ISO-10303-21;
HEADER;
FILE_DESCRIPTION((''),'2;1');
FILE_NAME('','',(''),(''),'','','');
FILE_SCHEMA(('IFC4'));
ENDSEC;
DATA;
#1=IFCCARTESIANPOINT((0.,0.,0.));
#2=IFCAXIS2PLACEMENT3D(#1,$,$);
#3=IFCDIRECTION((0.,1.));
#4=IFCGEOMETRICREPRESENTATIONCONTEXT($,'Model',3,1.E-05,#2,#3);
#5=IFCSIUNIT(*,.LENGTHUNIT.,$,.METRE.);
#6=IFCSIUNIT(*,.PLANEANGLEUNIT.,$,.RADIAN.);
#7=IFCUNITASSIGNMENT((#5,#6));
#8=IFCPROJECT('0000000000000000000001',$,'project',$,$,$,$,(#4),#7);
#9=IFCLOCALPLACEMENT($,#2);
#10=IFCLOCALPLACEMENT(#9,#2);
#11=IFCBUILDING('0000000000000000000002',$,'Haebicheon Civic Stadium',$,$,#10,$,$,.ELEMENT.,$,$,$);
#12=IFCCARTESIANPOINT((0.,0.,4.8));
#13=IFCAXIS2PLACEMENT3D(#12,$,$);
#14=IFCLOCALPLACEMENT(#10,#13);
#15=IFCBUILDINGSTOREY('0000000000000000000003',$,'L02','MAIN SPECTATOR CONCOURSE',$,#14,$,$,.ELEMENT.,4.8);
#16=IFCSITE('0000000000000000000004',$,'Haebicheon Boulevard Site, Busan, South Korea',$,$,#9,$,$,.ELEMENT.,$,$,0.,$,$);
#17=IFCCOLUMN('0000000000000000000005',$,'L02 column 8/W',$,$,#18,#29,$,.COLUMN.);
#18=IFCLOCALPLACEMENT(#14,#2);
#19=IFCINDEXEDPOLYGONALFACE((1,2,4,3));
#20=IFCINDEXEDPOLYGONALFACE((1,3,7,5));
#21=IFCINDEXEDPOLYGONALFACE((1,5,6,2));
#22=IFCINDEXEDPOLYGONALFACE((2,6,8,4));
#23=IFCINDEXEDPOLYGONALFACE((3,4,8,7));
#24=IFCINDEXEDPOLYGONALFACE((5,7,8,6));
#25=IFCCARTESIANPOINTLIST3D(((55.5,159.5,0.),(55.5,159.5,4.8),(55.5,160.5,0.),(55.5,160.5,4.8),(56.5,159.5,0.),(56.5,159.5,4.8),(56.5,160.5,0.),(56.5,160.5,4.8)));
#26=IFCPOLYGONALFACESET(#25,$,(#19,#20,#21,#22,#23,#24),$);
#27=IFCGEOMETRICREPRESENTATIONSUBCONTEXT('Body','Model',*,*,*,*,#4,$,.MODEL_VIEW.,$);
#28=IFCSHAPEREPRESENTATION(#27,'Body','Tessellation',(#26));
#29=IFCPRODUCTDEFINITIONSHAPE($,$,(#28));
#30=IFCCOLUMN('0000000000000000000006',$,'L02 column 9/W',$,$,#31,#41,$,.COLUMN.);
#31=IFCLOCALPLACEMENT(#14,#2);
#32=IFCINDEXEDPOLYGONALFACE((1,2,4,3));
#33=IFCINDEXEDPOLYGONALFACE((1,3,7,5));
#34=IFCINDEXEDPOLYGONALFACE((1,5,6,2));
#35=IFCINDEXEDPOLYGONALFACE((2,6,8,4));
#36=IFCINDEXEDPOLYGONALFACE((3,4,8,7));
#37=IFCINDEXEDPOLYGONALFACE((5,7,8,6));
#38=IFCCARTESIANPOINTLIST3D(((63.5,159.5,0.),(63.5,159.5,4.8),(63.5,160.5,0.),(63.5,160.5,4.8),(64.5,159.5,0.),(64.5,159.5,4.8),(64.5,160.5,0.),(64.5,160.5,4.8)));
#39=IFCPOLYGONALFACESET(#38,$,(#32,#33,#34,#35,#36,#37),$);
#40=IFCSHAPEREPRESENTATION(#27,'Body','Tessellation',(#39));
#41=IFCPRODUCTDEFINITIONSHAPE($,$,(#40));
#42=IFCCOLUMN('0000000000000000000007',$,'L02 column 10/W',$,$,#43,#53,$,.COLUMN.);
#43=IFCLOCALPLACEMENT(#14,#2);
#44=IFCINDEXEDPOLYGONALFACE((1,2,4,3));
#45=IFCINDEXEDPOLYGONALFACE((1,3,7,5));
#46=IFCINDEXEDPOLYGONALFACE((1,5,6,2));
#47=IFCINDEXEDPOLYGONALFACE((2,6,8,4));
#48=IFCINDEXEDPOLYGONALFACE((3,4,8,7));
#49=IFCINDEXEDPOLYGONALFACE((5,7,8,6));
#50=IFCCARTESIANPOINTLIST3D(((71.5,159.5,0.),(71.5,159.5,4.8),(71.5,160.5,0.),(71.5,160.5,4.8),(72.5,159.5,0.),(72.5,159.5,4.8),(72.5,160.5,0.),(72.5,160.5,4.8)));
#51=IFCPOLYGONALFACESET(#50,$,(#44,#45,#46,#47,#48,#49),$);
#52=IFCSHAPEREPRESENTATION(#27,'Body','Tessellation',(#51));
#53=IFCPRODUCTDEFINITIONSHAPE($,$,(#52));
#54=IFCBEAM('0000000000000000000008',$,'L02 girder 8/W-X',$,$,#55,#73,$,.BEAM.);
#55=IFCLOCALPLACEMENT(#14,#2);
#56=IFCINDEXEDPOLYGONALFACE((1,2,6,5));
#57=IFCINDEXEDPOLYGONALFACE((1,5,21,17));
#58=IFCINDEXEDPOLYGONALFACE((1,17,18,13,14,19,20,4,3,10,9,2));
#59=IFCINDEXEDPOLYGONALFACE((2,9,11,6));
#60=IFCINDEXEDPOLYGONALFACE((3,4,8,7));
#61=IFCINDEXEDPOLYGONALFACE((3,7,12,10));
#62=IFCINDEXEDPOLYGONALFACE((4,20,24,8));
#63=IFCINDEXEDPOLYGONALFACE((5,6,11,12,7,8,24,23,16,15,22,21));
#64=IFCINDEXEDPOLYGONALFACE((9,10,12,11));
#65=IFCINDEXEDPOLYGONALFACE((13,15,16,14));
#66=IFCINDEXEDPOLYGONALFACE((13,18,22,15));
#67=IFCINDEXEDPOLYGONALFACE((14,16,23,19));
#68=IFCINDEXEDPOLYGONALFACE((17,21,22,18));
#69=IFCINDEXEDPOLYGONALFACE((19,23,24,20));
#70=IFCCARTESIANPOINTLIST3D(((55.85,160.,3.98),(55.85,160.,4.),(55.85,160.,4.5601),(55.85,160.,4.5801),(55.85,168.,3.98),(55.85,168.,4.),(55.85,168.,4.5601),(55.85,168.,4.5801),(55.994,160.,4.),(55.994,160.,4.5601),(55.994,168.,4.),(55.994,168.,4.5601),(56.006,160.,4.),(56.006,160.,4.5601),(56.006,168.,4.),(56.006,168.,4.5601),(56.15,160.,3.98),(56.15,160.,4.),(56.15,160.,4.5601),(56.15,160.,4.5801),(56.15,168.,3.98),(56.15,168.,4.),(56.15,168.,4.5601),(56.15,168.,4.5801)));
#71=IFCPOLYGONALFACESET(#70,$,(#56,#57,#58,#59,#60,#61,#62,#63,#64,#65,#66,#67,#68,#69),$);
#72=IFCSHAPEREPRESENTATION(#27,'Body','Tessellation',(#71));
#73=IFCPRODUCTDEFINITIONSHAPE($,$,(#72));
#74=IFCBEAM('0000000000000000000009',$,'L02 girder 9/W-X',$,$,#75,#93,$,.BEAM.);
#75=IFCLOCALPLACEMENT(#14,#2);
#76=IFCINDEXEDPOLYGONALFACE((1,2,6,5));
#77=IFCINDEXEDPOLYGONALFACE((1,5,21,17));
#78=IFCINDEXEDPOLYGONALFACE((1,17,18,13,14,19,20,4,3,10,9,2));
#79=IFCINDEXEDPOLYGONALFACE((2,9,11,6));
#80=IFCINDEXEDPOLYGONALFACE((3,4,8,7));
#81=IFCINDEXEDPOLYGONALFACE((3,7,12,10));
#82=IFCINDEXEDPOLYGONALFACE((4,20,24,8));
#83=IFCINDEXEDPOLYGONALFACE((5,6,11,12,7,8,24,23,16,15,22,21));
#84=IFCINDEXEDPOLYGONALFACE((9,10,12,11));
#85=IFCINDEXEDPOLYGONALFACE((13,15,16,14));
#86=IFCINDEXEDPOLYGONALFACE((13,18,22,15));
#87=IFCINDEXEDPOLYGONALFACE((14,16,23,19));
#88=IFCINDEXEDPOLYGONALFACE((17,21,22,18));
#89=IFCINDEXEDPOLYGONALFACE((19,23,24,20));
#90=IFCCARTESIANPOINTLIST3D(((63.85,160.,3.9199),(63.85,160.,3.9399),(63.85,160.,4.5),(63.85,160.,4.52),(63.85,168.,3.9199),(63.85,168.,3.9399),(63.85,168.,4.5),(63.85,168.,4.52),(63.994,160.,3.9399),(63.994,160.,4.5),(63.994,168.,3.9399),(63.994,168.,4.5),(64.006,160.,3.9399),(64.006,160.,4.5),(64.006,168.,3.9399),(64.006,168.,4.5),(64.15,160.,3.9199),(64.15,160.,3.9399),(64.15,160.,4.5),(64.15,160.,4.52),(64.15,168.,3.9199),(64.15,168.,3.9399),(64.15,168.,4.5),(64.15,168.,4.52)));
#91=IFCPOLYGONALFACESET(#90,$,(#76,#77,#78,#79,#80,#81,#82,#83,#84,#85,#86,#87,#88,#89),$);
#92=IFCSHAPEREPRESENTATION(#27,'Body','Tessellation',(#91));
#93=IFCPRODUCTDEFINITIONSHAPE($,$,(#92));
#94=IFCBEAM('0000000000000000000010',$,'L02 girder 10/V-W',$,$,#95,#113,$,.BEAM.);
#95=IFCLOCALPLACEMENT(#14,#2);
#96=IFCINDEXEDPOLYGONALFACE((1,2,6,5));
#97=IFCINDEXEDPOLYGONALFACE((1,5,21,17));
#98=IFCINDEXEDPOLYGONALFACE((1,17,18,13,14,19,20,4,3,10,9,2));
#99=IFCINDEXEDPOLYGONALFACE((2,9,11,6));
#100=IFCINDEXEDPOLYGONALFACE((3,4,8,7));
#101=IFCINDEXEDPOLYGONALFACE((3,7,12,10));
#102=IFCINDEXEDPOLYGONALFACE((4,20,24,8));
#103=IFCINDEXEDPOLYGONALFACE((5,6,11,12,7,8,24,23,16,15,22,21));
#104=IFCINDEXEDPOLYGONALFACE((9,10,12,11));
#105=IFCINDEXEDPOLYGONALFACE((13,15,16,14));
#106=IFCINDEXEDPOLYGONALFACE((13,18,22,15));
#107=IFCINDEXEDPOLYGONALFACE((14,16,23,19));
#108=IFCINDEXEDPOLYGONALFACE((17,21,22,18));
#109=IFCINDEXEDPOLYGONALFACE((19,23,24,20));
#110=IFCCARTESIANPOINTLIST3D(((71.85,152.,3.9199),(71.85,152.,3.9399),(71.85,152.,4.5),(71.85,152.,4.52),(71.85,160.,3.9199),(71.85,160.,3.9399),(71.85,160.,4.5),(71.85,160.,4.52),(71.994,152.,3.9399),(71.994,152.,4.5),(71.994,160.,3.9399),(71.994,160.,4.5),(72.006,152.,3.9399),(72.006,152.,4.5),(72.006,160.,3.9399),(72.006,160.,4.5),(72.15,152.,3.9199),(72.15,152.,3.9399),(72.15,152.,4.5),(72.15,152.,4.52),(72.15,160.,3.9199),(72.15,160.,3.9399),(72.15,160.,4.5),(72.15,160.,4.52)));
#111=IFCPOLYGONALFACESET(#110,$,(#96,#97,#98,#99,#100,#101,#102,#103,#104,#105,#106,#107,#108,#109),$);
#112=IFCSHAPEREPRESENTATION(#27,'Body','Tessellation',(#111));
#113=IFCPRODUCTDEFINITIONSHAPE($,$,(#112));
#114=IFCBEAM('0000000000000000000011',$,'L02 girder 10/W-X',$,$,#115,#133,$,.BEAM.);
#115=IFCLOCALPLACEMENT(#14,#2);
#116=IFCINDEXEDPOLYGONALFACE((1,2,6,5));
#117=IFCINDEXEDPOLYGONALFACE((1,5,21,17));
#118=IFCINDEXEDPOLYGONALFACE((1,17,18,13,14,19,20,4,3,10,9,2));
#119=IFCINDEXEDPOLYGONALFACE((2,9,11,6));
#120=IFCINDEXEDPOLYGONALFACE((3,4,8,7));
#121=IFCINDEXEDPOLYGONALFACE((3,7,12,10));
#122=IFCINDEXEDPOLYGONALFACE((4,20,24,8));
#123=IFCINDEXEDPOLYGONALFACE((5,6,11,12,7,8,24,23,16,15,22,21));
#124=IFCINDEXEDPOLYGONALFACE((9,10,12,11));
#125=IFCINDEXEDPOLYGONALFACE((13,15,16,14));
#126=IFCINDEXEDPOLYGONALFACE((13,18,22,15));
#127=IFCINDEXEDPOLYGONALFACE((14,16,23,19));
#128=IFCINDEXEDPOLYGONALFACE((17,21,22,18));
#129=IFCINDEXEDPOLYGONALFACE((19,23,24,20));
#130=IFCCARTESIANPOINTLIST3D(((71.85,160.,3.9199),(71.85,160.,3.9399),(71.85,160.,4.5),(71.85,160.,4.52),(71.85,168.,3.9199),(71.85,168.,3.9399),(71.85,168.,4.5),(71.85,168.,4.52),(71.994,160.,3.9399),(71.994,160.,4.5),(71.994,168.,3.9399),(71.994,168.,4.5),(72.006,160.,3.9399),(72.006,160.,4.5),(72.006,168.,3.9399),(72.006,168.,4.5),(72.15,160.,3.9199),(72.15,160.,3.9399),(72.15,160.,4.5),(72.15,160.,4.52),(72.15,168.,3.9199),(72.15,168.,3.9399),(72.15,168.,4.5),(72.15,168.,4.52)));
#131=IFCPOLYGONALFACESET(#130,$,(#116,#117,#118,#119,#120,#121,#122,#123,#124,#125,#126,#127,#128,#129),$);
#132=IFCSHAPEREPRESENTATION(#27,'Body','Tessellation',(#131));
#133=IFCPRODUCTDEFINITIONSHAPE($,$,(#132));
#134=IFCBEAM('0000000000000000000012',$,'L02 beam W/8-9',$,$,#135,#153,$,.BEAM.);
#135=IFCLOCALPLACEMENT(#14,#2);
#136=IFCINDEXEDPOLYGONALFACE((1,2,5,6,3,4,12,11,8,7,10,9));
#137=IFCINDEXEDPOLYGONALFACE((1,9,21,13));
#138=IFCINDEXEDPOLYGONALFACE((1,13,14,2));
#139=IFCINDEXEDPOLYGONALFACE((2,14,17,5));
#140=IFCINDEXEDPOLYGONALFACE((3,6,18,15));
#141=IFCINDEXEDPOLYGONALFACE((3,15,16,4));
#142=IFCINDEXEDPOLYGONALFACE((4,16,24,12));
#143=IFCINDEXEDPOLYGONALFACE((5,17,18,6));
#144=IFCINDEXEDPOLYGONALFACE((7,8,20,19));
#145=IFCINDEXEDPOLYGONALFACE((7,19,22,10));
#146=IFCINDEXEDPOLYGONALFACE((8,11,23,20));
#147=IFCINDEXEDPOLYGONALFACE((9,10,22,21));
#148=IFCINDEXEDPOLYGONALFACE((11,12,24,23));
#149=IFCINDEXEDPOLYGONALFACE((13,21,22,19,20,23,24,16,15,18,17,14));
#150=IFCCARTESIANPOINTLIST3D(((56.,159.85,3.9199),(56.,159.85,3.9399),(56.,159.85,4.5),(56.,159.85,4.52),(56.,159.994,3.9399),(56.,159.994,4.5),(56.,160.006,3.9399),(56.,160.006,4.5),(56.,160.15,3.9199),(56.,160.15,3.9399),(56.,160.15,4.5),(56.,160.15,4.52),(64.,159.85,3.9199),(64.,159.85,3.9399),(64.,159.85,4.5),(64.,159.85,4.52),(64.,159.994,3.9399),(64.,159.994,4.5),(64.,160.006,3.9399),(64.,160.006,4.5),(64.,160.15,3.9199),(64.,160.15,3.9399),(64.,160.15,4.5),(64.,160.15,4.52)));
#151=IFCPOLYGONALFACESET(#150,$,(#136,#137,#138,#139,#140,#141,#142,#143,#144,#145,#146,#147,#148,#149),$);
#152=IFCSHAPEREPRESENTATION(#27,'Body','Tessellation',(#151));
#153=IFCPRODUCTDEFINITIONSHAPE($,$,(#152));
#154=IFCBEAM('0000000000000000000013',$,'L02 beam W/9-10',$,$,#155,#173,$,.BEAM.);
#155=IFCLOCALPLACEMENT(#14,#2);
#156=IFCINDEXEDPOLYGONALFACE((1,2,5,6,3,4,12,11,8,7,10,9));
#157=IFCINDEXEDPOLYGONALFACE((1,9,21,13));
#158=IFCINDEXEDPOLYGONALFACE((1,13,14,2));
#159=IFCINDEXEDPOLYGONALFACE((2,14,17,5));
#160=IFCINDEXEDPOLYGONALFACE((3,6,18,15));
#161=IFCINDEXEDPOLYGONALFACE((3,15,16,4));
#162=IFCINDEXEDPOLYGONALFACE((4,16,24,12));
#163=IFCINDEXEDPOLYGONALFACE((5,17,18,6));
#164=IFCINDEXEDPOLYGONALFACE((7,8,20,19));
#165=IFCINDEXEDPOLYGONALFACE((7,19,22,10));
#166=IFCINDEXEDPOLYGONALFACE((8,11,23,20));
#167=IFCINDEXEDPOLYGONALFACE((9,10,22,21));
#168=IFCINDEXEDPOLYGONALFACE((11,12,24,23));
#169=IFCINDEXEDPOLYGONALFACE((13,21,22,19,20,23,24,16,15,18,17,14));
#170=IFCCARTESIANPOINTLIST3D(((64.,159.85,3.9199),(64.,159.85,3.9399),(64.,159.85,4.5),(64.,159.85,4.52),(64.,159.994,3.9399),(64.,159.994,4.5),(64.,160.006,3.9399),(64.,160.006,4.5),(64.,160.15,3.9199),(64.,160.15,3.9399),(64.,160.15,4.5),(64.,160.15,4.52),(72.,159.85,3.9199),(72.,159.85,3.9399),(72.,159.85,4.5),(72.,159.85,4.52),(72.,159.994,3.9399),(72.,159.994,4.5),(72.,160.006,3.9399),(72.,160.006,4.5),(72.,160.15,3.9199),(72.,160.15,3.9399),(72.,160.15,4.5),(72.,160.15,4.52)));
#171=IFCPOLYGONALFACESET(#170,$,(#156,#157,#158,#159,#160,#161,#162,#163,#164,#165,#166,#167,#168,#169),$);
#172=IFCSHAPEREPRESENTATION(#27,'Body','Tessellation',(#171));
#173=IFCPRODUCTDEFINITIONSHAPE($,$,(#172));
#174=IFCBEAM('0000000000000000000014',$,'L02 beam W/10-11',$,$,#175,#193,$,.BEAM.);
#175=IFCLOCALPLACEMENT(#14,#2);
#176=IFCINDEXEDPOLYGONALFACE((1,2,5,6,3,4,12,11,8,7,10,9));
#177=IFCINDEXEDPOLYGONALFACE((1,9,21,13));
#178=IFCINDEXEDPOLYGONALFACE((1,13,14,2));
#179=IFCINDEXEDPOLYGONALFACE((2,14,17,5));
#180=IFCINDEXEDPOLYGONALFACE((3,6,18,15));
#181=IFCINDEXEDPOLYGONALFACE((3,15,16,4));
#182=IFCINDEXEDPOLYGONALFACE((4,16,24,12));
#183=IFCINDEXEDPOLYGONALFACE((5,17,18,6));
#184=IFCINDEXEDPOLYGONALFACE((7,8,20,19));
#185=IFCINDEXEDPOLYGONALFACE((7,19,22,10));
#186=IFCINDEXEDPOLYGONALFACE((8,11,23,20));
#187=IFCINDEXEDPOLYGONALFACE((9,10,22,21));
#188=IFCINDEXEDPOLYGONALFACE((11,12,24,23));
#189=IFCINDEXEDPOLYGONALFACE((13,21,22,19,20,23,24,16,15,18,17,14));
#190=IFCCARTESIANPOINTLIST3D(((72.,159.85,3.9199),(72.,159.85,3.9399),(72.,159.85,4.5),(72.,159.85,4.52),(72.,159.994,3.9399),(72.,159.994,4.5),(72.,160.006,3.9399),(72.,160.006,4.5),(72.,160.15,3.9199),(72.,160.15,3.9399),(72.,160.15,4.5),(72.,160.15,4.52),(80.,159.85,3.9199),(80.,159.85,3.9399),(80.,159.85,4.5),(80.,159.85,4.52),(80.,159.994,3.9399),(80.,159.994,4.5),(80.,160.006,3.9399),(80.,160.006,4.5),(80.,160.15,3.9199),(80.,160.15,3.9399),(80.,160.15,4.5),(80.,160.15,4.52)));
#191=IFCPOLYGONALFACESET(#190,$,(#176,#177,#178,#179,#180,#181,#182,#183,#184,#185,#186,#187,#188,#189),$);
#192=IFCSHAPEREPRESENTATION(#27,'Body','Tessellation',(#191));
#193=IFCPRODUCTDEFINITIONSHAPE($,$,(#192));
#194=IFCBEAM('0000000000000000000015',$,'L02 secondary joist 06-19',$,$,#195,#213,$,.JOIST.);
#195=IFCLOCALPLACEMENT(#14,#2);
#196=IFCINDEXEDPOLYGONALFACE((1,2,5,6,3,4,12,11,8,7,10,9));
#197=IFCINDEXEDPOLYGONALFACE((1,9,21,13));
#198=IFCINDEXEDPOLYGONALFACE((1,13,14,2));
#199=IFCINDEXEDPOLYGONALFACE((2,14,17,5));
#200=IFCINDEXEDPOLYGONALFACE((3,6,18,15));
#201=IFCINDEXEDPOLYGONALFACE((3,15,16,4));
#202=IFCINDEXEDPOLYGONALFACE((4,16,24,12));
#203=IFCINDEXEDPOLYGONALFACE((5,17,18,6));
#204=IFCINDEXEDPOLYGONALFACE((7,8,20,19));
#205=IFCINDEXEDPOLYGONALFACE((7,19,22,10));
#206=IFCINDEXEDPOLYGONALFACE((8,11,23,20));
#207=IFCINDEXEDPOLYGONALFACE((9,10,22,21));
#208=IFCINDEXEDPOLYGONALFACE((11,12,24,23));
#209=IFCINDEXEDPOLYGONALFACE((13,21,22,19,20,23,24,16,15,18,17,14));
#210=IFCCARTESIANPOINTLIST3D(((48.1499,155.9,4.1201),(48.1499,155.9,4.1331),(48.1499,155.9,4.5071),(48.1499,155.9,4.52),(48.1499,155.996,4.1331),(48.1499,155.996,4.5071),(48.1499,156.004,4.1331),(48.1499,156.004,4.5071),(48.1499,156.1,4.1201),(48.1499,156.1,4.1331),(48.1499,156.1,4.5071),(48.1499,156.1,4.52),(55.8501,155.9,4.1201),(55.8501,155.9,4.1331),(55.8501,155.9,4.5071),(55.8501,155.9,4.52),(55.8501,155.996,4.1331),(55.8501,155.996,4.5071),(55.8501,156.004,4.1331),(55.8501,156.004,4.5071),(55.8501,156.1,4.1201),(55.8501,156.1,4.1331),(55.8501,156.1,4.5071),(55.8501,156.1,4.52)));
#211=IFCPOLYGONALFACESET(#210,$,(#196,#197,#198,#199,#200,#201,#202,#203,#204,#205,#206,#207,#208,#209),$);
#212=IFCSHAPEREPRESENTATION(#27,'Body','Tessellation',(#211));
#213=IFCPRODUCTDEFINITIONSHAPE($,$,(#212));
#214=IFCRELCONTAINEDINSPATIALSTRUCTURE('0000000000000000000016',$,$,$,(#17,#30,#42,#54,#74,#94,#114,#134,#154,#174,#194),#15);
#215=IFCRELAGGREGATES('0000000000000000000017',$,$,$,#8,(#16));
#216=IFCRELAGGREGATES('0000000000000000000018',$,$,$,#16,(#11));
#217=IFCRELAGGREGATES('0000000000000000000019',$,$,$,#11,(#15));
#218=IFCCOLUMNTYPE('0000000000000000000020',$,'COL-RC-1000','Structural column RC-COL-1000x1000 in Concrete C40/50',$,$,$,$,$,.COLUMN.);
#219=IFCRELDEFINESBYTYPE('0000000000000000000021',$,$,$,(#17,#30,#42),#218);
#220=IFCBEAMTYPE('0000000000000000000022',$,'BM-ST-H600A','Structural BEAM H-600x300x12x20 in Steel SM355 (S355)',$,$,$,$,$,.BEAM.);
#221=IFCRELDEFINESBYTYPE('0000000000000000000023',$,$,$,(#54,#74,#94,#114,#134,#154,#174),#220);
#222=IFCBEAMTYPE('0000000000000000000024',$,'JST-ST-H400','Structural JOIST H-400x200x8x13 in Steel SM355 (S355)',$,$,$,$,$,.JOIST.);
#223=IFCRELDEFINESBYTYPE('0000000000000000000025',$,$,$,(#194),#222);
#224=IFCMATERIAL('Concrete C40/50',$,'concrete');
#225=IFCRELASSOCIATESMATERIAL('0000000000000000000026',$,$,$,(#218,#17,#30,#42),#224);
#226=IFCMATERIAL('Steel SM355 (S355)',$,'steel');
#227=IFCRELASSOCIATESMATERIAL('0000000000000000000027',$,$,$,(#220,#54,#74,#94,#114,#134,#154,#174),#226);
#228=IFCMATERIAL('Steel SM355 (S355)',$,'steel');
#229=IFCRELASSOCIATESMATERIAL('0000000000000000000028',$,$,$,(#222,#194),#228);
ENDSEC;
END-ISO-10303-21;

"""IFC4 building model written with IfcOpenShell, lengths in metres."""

from ifc_helpers import new_model, si_unit, direction, frame, origin, origin_2d, place, context, subcontext, project, spatial, rectangle, i_section, extrude, material, material_profile, profile_set, type_object, element, save


model = new_model("IFC4")

# Units and contexts
model_context = context("Model", 3, precision=1e-05, world=origin(), true_north=direction((0.0, 1.0)))
body_context = subcontext(model_context, "Body", "Model", "MODEL_VIEW")
ifc_project = project(units=[si_unit("LENGTHUNIT", "METRE"), si_unit("PLANEANGLEUNIT", "RADIAN")], contexts=[model_context])

# Site, building, storey
site_placement = place(None, origin())
site = spatial("IfcSite", under=ifc_project, at=site_placement, Name="Haebicheon Boulevard Site, Busan, South Korea", CompositionType="ELEMENT", RefElevation=0.0)
building_placement = place(site_placement, origin())
building = spatial("IfcBuilding", under=site, at=building_placement, Name="Haebicheon Civic Stadium", CompositionType="ELEMENT")
storey_placement = place(building_placement, frame((0.0, 0.0, 4.8)))
storey = spatial("IfcBuildingStorey", under=building, at=storey_placement, Name="L02", Description="MAIN SPECTATOR CONCOURSE", CompositionType="ELEMENT", Elevation=4.8)

# Columns
ifc_material_1 = material(Name="Concrete C40/50", Category="concrete")
ifc_material_profile_1 = material_profile(ifc_material_1, rectangle(XDim=1.0, YDim=1.0, at=origin_2d()), Name="RC-COL-1000x1000")
ifc_profile_set_1 = profile_set([ifc_material_profile_1], Name="Concrete C40/50")
column_type = type_object("IfcColumnType", Name="COL-RC-1000", Description="Structural column RC-COL-1000x1000 in Concrete C40/50", PredefinedType="COLUMN", material=ifc_profile_set_1)
for number, where, z_axis, x_axis, name in (
    (1, (56.0, 160.0, 0.0), (0.0, 0.0, 1.0), (1.0, 0.0, 0.0), "L02 column 8/W"),
    (2, (64.0, 160.0, 0.0), (0.0, 0.0, 1.0), (1.0, 0.0, 0.0), "L02 column 9/W"),
    (3, (72.0, 160.0, 0.0), (0.0, 0.0, 1.0), (1.0, 0.0, 0.0), "L02 column 10/W"),
):
    element("IfcColumn", number, at=place(storey_placement, frame(where, z_axis=z_axis, x_axis=x_axis)), inside=storey, type_object=column_type, material=ifc_profile_set_1, Name=name, PredefinedType="COLUMN", context=body_context, shape_type="SweptSolid", body=[
        extrude(rectangle(XDim=1.0, YDim=1.0, at=origin_2d()), origin(), (0.0, 0.0, 1.0), 4.8),
    ])

# Beams
ifc_material_2 = material(Name="Steel SM355 (S355)", Category="steel")
ifc_material_profile_2 = material_profile(ifc_material_2, i_section(OverallWidth=0.3, OverallDepth=0.6001, WebThickness=0.012, FlangeThickness=0.02, at=origin_2d()), Name="H-600x300x12x20")
ifc_profile_set_2 = profile_set([ifc_material_profile_2], Name="Steel SM355 (S355)")
beam_type_1 = type_object("IfcBeamType", Name="BM-ST-H600A", Description="Structural BEAM H-600x300x12x20 in Steel SM355 (S355)", PredefinedType="BEAM", material=ifc_profile_set_2)
for number, where, z_axis, x_axis, name in (
    (4, (56.0, 160.0, 4.28), (0.0, 1.0, 0.0), (-1.0, 0.0, 0.0), "L02 girder 8/W-X"),
    (5, (64.0, 160.0, 4.22), (0.0, 1.0, 0.0), (-1.0, 0.0, 0.0), "L02 girder 9/W-X"),
    (6, (72.0, 152.0, 4.22), (0.0, 1.0, 0.0), (-1.0, 0.0, 0.0), "L02 girder 10/V-W"),
    (7, (72.0, 160.0, 4.22), (0.0, 1.0, 0.0), (-1.0, 0.0, 0.0), "L02 girder 10/W-X"),
    (8, (56.0, 160.0, 4.22), (1.0, 0.0, 0.0), (0.0, 1.0, 0.0), "L02 beam W/8-9"),
    (9, (64.0, 160.0, 4.22), (1.0, 0.0, 0.0), (0.0, 1.0, 0.0), "L02 beam W/9-10"),
    (10, (72.0, 160.0, 4.22), (1.0, 0.0, 0.0), (0.0, 1.0, 0.0), "L02 beam W/10-11"),
):
    element("IfcBeam", number, at=place(storey_placement, frame(where, z_axis=z_axis, x_axis=x_axis)), inside=storey, type_object=beam_type_1, material=ifc_profile_set_2, Name=name, PredefinedType="BEAM", context=body_context, shape_type="SweptSolid", body=[
        extrude(i_section(OverallWidth=0.3, OverallDepth=0.6001, WebThickness=0.012, FlangeThickness=0.02, at=origin_2d()), origin(), (0.0, 0.0, 1.0), 8.0),
    ])
ifc_material_3 = material(Name="Steel SM355 (S355)", Category="steel")
ifc_material_profile_3 = material_profile(ifc_material_3, i_section(OverallWidth=0.2, OverallDepth=0.3999, WebThickness=0.0081, FlangeThickness=0.0129, at=origin_2d()), Name="H-400x200x8x13")
ifc_profile_set_3 = profile_set([ifc_material_profile_3], Name="Steel SM355 (S355)")
beam_type_2 = type_object("IfcBeamType", Name="JST-ST-H400", Description="Structural JOIST H-400x200x8x13 in Steel SM355 (S355)", PredefinedType="JOIST", material=ifc_profile_set_3)
for number, where, z_axis, x_axis, name in (
    (11, (48.1499, 156.0, 4.3201), (1.0, 0.0, 0.0), (0.0, 1.0, 0.0), "L02 secondary joist 06-19"),
):
    element("IfcBeam", number, at=place(storey_placement, frame(where, z_axis=z_axis, x_axis=x_axis)), inside=storey, type_object=beam_type_2, material=ifc_profile_set_3, Name=name, PredefinedType="JOIST", context=body_context, shape_type="SweptSolid", body=[
        extrude(i_section(OverallWidth=0.2, OverallDepth=0.3999, WebThickness=0.0081, FlangeThickness=0.0129, at=origin_2d()), origin(), (0.0, 0.0, 1.0), 7.7002),
    ])

save(model, "model.ifc")
